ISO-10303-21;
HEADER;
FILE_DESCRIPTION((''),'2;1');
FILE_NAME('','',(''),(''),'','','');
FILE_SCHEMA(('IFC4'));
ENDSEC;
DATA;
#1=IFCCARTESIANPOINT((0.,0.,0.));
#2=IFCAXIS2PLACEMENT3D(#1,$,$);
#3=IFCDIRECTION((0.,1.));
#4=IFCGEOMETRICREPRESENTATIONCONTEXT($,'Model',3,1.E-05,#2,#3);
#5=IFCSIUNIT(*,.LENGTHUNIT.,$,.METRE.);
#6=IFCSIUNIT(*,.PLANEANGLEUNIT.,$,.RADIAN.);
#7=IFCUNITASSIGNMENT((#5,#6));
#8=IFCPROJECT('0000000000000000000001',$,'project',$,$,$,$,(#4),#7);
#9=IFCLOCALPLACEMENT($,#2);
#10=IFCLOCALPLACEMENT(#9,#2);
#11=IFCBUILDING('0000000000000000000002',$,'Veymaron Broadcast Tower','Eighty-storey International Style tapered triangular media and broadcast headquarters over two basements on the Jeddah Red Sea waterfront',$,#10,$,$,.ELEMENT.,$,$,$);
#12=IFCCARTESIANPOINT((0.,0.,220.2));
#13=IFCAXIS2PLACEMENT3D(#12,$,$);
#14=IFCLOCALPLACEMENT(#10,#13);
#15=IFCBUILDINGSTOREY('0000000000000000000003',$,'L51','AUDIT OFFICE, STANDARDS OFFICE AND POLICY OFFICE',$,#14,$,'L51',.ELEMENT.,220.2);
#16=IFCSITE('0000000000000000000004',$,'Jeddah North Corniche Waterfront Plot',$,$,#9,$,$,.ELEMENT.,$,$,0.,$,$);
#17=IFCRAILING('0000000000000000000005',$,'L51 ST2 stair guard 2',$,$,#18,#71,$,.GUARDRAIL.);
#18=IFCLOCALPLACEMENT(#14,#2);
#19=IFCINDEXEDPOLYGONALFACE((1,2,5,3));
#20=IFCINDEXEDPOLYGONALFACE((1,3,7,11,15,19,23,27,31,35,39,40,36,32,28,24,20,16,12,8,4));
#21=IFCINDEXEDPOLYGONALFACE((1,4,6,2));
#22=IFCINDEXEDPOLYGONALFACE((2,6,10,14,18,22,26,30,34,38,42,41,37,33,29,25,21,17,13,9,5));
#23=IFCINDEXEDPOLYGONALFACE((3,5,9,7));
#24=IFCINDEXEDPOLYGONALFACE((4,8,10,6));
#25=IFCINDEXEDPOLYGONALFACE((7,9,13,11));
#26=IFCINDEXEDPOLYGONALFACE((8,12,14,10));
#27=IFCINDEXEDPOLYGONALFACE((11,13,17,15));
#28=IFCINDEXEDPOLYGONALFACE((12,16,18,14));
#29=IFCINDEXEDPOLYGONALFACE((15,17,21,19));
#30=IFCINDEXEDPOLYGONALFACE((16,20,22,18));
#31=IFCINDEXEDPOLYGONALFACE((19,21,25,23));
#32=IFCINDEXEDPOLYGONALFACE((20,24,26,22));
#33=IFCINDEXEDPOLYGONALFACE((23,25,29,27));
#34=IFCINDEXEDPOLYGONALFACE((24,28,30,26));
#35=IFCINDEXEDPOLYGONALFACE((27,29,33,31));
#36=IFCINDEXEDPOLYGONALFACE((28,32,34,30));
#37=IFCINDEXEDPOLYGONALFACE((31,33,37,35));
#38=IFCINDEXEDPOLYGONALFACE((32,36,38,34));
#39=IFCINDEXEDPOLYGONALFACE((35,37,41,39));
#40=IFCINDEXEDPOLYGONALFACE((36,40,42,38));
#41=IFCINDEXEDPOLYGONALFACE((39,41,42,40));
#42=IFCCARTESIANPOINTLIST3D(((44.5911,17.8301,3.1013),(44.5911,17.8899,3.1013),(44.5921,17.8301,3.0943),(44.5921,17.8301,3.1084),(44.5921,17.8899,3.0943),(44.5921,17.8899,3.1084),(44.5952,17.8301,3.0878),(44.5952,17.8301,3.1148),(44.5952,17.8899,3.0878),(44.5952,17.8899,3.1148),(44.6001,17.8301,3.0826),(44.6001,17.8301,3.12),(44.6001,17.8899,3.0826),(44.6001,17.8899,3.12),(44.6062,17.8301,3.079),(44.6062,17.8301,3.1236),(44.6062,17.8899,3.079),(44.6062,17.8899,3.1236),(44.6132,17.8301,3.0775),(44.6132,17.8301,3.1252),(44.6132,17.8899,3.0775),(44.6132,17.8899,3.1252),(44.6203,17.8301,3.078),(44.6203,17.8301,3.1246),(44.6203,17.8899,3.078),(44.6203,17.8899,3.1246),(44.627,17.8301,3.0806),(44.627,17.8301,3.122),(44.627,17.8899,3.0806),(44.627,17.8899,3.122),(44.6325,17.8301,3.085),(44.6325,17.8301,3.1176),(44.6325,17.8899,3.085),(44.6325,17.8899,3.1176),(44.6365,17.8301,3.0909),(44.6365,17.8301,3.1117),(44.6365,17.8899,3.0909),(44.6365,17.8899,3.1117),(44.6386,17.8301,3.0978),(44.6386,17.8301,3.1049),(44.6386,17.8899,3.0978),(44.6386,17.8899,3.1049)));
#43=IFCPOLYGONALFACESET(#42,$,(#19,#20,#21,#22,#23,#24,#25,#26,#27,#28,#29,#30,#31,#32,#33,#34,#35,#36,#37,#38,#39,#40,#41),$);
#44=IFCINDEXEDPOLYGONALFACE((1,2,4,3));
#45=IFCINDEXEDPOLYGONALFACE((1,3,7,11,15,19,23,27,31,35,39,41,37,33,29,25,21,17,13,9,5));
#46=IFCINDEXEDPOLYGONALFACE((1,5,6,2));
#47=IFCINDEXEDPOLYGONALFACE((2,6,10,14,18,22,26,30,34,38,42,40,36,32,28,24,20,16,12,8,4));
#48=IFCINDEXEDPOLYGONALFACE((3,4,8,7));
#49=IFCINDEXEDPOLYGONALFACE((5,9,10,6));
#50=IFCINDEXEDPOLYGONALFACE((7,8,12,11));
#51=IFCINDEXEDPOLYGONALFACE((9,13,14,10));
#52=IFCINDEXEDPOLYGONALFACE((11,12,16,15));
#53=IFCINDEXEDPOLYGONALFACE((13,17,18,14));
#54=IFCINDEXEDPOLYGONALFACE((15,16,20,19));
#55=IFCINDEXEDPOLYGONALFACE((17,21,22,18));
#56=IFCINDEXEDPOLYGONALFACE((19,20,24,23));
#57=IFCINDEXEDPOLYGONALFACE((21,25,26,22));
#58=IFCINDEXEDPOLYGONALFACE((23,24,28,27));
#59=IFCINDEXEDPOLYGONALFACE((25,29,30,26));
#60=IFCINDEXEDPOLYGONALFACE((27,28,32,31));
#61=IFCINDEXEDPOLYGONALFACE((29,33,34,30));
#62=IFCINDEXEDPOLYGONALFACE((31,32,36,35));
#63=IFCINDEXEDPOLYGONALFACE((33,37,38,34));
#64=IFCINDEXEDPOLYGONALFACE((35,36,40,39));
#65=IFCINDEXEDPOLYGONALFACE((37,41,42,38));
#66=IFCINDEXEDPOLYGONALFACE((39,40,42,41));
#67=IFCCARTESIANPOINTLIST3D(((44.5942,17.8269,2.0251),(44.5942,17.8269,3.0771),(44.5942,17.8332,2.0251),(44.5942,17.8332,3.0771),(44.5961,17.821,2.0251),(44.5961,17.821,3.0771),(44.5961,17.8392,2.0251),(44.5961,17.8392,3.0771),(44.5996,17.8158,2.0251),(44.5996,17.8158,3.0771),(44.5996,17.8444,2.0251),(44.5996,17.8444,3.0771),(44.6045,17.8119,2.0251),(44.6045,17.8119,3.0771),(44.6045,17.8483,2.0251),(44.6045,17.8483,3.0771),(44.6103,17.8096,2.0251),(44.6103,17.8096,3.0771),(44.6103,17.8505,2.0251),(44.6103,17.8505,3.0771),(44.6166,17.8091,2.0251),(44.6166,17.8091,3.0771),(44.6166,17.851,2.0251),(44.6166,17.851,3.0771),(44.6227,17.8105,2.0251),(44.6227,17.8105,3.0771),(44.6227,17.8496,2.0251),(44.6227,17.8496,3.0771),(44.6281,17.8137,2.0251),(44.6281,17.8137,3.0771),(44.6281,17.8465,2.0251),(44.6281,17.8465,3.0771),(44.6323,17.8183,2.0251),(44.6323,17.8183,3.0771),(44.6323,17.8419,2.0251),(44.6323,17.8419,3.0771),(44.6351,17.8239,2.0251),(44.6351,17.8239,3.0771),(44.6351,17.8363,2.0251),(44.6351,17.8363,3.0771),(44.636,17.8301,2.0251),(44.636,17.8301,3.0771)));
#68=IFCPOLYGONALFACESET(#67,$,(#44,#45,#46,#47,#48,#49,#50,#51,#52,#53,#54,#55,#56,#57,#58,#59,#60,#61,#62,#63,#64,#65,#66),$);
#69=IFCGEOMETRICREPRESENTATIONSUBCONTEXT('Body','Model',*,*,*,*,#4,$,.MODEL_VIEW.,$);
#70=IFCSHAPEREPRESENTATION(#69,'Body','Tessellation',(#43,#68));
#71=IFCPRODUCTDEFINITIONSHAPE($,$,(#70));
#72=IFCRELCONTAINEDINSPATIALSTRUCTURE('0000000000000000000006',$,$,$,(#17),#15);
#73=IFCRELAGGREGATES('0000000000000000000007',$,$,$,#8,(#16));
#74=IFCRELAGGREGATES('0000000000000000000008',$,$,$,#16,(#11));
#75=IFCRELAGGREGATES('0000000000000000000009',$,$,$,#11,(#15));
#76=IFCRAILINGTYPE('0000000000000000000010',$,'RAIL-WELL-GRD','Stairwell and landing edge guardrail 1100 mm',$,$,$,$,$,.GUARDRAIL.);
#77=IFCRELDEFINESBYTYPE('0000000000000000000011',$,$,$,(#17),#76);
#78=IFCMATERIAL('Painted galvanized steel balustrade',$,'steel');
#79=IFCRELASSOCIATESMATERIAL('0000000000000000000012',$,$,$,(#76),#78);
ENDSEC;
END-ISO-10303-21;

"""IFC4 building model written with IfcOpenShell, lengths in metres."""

from ifc_helpers import new_model, si_unit, direction, frame, origin, origin_2d, place, context, subcontext, project, spatial, circle, extrude, material, type_object, element, save


model = new_model("IFC4")

# Units and contexts
model_context = context("Model", 3, precision=1e-05, world=origin(), true_north=direction((0.0, 1.0)))
body_context = subcontext(model_context, "Body", "Model", "MODEL_VIEW")
ifc_project = project(units=[si_unit("LENGTHUNIT", "METRE"), si_unit("PLANEANGLEUNIT", "RADIAN")], contexts=[model_context])

# Site, building, storey
site_placement = place(None, origin())
site = spatial("IfcSite", under=ifc_project, at=site_placement, Name="Jeddah North Corniche Waterfront Plot", CompositionType="ELEMENT", RefElevation=0.0)
building_placement = place(site_placement, origin())
building = spatial("IfcBuilding", under=site, at=building_placement, Name="Veymaron Broadcast Tower", Description="Eighty-storey International Style tapered triangular media and broadcast headquarters over two basements on the Jeddah Red Sea waterfront", CompositionType="ELEMENT")
storey_placement = place(building_placement, frame((0.0, 0.0, 220.2)))
storey = spatial("IfcBuildingStorey", under=building, at=storey_placement, Name="L51", Description="AUDIT OFFICE, STANDARDS OFFICE AND POLICY OFFICE", LongName="L51", CompositionType="ELEMENT", Elevation=220.2)

# Railing
ifc_material_1 = material(Name="Painted galvanized steel balustrade", Category="steel")
railing_type_1 = type_object("IfcRailingType", Name="RAIL-WELL-GRD", Description="Stairwell and landing edge guardrail 1100 mm", PredefinedType="GUARDRAIL", material=ifc_material_1)
railing_1_placement = place(storey_placement, frame((44.615, 17.8301, 2.0251)))
element("IfcRailing", 1, at=railing_1_placement, inside=storey, type_object=railing_type_1, Name="L51 ST2 stair guard 2", PredefinedType="GUARDRAIL", context=body_context, shape_type="SweptSolid", body=[
    extrude(circle(Radius=0.0239, at=origin_2d()), frame((0.0, 0.0, 1.0762), z_axis=(0.0, 1.0, 0.0), x_axis=(-1.0, 0.0, 0.0)), (0.0, 0.0, 1.0), 0.0598),
    extrude(circle(Radius=0.021, at=origin_2d()), origin(), (0.0, 0.0, 1.0), 1.052),
])

save(model, "model.ifc")
